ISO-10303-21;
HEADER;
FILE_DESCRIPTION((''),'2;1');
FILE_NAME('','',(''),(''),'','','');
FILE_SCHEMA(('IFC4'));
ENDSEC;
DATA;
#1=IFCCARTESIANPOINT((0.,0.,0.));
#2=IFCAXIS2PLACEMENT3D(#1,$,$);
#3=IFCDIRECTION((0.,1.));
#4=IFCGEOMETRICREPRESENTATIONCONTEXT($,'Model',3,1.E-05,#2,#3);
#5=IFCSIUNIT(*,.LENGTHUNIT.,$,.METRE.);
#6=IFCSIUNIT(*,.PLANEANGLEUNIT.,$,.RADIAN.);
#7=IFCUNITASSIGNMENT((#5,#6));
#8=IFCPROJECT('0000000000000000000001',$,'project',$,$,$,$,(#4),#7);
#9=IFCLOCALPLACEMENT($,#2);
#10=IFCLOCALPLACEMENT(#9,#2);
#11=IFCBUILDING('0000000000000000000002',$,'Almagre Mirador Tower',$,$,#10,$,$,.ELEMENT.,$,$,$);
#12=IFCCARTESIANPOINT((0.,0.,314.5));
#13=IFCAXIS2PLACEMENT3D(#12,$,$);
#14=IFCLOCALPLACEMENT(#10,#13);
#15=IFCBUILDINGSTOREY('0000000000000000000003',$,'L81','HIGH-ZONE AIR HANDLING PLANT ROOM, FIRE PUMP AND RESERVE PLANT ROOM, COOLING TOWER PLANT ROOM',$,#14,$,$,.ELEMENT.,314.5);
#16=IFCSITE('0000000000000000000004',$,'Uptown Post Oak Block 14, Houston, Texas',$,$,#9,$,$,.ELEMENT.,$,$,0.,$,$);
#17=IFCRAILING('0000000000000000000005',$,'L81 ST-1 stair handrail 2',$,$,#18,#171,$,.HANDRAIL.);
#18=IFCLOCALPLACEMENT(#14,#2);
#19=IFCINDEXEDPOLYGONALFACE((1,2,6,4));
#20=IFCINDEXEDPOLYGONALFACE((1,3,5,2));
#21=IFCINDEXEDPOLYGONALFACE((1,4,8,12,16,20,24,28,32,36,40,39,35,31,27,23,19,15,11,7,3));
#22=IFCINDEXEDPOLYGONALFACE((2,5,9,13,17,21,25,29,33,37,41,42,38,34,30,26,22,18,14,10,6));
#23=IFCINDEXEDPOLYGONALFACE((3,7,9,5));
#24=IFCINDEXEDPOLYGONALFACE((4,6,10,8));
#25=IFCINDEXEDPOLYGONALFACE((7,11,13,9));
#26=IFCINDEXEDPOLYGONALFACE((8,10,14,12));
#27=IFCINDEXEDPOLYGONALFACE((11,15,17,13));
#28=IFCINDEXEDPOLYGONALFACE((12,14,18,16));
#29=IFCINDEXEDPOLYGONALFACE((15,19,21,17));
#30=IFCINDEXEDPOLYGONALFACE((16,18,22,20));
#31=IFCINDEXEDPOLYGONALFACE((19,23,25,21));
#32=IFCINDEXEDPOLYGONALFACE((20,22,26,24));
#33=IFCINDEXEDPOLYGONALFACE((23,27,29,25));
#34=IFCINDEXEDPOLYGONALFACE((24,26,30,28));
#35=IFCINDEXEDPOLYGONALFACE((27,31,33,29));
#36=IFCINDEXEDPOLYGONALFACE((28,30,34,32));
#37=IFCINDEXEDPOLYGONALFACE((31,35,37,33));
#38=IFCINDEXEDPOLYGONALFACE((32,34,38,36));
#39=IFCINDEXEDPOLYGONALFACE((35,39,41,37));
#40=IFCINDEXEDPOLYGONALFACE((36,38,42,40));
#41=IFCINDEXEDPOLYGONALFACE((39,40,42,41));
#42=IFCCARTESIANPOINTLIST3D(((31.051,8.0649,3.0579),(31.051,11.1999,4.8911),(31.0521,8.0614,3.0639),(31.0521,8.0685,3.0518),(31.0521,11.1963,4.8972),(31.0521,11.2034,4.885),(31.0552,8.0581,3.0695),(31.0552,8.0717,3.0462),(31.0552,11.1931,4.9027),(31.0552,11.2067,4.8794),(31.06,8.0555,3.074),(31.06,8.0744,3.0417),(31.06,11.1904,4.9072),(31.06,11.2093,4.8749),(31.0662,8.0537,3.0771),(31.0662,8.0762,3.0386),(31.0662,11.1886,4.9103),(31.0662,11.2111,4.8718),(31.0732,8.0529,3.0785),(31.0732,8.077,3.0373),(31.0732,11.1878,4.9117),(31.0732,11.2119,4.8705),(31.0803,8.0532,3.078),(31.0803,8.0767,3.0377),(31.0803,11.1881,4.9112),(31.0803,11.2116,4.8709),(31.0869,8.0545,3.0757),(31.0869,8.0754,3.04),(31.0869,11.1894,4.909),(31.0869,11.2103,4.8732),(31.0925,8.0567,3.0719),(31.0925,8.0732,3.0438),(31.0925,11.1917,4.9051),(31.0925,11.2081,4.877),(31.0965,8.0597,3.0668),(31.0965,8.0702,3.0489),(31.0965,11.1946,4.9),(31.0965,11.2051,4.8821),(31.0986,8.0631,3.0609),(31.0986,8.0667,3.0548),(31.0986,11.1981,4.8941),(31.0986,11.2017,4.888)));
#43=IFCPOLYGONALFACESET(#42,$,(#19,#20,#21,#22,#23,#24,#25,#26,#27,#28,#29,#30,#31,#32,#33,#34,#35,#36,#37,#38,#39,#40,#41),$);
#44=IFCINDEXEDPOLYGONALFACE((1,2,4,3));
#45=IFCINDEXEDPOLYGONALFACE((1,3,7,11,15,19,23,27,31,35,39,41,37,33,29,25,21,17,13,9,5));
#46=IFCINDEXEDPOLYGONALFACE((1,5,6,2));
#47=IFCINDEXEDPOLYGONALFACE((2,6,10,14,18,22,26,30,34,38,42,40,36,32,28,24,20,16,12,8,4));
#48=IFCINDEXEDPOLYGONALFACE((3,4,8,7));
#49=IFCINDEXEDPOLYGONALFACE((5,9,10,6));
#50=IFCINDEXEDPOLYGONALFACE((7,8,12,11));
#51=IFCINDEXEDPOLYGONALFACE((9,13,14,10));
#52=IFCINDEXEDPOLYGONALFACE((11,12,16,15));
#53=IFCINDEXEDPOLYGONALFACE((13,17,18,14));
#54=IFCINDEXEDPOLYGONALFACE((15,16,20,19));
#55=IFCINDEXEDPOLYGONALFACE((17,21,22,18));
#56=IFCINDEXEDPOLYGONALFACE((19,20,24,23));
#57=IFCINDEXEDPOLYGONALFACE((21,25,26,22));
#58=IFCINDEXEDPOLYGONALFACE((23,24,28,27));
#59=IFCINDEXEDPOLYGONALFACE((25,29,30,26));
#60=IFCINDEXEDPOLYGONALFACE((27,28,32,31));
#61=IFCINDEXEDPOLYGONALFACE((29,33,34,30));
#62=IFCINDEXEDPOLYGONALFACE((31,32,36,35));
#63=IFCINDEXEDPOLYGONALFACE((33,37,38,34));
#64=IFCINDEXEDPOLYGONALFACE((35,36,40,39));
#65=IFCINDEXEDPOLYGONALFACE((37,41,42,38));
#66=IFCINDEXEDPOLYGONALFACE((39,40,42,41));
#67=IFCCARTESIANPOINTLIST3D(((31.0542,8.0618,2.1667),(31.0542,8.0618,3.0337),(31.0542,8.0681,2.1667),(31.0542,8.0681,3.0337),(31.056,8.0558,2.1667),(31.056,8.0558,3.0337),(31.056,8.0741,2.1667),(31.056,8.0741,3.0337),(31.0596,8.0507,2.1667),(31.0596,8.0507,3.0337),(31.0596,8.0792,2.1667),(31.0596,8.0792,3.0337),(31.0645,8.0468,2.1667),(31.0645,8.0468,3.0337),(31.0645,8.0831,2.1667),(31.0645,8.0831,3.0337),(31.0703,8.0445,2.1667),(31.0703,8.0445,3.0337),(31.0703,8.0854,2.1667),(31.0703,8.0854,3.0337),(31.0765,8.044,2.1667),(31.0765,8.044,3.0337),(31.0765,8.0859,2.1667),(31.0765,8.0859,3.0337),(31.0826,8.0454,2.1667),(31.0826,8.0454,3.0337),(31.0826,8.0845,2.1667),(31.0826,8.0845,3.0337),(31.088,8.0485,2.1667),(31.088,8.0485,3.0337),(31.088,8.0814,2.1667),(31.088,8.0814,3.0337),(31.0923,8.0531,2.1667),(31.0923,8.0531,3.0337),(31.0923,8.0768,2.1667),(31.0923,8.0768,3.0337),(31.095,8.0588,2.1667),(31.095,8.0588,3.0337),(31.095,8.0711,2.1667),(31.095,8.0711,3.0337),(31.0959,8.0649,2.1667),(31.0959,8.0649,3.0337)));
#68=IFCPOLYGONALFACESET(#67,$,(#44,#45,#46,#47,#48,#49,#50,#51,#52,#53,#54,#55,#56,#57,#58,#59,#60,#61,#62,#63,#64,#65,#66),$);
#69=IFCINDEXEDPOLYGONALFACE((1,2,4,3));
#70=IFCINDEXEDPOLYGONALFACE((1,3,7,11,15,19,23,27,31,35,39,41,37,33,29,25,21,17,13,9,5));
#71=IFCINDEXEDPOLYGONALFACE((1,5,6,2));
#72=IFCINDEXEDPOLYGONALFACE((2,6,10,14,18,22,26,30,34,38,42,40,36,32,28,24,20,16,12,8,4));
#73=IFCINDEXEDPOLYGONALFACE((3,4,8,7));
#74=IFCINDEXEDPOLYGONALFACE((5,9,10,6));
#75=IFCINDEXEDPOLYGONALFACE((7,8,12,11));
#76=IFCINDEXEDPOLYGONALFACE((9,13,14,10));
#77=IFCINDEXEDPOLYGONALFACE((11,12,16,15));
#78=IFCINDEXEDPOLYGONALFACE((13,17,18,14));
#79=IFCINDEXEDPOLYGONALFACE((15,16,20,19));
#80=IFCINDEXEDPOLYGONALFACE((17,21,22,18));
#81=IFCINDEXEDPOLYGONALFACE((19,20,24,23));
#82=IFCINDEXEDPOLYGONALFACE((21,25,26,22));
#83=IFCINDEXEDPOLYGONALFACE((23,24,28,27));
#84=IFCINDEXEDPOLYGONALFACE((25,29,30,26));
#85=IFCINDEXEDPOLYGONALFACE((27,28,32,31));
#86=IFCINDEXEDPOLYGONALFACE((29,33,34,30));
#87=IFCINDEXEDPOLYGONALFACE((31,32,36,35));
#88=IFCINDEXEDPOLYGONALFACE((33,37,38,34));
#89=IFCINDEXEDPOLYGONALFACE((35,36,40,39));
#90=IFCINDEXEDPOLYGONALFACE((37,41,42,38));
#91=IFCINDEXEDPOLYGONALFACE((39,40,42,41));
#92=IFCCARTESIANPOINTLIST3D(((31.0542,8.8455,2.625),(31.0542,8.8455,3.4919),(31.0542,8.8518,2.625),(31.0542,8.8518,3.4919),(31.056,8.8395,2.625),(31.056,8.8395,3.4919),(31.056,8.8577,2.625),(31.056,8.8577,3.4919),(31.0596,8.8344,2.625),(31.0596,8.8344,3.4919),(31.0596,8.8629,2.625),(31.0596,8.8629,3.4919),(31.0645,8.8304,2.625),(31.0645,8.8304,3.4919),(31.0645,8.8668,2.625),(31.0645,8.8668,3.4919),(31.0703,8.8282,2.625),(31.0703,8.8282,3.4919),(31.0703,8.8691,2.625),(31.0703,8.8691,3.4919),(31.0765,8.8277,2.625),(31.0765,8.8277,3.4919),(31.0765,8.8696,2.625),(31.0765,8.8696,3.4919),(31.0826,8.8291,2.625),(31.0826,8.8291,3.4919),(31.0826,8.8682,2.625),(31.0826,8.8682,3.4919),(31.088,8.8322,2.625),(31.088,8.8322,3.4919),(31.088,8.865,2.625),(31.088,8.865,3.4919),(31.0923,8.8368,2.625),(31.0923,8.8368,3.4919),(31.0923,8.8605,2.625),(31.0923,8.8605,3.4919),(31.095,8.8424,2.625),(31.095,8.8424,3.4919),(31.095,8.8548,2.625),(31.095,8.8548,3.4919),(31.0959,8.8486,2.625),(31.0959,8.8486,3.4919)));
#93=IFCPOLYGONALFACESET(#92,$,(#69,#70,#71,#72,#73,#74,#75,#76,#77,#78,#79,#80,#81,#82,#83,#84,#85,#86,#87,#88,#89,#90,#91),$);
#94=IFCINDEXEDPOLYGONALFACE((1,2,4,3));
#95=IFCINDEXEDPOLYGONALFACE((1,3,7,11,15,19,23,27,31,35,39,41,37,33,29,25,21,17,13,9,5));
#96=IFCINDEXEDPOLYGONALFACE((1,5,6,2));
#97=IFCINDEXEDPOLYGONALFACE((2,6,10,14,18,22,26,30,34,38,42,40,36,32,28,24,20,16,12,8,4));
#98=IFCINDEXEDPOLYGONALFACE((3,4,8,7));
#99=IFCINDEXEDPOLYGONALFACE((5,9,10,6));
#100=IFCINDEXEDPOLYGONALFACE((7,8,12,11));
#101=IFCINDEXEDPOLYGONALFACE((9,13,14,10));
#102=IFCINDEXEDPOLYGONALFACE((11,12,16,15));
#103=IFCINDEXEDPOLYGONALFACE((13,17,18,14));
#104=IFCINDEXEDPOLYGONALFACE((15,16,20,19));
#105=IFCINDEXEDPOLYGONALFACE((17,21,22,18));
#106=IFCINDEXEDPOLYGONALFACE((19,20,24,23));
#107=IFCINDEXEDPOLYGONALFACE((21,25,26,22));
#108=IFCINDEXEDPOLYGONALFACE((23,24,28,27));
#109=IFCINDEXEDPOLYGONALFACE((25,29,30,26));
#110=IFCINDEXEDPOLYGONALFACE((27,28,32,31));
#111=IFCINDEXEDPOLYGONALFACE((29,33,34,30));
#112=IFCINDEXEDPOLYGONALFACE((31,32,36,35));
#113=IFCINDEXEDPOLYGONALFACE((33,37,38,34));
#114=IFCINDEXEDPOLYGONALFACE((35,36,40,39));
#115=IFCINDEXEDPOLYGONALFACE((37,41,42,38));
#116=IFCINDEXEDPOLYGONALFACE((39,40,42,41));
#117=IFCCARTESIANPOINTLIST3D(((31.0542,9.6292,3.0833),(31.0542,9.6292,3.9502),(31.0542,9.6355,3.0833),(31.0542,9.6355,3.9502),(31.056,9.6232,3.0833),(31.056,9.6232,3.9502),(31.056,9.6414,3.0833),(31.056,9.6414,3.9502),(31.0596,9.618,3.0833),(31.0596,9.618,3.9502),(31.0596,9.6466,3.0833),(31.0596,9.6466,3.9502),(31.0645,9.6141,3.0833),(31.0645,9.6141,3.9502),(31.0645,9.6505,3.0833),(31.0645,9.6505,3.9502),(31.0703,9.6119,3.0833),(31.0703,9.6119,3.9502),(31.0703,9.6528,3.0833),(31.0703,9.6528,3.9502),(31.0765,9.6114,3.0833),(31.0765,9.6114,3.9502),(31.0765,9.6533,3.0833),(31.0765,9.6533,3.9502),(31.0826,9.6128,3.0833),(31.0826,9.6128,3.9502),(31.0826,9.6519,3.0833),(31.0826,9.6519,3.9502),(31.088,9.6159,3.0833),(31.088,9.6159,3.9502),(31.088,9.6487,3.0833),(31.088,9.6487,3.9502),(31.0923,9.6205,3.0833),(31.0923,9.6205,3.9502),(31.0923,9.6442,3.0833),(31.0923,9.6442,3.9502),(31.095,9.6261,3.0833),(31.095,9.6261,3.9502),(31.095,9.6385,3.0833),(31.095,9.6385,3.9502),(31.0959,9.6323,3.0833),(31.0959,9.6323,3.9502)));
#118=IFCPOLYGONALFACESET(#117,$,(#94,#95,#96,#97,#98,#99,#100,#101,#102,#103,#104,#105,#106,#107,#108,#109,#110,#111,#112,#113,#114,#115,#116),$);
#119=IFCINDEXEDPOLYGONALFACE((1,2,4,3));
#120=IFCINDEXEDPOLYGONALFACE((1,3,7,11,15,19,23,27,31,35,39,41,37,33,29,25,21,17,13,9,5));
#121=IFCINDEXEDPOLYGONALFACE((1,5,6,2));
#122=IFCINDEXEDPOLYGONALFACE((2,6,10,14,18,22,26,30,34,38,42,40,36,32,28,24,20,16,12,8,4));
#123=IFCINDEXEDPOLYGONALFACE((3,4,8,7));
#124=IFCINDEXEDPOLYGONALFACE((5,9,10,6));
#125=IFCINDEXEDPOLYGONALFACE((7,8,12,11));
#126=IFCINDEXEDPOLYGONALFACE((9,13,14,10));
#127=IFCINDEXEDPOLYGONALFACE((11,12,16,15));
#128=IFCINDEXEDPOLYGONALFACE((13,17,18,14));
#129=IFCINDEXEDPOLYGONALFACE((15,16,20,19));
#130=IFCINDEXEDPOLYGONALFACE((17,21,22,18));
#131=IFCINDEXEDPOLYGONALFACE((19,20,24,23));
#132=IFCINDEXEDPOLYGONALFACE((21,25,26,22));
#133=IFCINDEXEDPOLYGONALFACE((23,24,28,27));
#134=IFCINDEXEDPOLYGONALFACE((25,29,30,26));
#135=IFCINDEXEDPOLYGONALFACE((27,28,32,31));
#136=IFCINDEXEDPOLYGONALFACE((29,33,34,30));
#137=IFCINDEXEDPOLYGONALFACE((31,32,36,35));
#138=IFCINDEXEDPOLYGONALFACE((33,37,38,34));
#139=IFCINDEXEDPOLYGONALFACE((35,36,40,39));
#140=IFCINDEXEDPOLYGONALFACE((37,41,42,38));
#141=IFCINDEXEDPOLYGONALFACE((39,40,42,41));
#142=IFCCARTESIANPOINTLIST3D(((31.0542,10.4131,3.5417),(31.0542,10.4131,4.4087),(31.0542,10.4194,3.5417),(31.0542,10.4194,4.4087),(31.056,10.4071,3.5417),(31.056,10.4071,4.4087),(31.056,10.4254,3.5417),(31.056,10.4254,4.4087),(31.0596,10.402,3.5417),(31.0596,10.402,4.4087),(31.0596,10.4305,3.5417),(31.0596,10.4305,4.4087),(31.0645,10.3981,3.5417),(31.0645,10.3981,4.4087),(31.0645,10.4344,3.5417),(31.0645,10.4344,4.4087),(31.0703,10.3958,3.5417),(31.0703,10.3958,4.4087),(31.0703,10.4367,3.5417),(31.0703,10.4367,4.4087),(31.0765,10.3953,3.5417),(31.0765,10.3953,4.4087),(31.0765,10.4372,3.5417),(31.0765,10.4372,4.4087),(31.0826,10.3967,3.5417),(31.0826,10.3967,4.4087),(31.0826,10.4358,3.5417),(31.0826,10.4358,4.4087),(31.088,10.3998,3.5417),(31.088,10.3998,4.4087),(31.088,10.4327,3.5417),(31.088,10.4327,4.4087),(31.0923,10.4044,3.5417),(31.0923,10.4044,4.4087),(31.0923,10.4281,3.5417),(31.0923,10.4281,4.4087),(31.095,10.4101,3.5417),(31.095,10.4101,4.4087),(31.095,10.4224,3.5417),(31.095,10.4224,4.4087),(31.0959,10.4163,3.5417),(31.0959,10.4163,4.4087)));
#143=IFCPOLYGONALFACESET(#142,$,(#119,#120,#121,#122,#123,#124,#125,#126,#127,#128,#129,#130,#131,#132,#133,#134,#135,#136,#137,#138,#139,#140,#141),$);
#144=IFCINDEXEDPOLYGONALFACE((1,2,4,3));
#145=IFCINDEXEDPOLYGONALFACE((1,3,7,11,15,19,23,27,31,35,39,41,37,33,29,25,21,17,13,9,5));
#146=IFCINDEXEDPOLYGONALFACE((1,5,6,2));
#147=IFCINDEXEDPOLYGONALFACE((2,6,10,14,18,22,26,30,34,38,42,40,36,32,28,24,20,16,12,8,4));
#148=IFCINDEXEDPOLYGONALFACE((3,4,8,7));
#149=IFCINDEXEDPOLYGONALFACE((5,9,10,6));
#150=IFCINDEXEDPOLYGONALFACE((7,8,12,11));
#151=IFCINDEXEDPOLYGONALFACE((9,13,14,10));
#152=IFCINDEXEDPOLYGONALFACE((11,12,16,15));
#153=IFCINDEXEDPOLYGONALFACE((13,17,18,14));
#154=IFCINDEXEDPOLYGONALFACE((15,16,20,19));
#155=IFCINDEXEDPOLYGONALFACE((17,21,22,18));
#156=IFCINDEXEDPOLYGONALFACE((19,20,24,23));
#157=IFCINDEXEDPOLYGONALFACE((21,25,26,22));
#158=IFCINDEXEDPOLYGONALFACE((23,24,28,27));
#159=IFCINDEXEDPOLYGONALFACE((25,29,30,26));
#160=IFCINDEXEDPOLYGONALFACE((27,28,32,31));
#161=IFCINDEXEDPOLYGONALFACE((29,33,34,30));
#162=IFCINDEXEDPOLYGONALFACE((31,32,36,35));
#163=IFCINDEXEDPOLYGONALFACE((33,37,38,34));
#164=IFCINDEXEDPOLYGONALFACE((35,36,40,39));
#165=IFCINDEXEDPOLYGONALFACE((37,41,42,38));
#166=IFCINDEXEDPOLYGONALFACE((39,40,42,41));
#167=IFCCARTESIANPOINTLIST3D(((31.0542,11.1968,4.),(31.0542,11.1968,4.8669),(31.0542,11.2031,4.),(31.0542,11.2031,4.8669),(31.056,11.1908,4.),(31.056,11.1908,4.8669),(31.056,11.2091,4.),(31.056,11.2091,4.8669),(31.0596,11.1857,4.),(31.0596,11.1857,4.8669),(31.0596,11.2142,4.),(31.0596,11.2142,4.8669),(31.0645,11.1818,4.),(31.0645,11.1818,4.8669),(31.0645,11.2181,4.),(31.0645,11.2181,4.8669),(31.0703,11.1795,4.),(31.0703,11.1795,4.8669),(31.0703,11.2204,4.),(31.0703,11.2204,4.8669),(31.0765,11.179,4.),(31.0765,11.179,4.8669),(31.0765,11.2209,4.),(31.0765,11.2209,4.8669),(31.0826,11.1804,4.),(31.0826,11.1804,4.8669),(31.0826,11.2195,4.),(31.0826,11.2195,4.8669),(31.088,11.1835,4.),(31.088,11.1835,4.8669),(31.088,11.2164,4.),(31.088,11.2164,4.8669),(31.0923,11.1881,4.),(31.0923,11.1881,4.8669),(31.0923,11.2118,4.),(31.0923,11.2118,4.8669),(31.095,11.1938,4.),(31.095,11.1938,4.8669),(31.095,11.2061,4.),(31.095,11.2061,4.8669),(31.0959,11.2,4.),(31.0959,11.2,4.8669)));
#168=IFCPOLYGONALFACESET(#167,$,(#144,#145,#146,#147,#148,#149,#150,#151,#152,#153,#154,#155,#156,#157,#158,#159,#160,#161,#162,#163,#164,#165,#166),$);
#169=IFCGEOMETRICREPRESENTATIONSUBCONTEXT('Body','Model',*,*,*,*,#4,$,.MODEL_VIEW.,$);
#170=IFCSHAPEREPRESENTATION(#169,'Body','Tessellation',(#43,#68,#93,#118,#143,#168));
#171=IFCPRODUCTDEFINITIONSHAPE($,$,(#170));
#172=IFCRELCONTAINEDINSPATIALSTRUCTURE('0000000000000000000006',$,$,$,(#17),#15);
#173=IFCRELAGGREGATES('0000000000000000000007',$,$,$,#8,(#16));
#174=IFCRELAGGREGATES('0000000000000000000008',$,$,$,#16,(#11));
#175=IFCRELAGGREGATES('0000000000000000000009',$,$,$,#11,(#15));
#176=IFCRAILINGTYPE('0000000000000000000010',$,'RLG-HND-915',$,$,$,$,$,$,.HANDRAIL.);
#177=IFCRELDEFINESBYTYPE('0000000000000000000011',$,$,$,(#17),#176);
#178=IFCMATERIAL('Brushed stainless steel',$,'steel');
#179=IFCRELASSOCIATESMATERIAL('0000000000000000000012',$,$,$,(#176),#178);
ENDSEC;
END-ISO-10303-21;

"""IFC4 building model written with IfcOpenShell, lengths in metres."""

from ifc_helpers import new_model, si_unit, direction, frame, origin, origin_2d, place, context, subcontext, project, spatial, circle, extrude, material, type_object, element, save


model = new_model("IFC4")

# Units and contexts
model_context = context("Model", 3, precision=1e-05, world=origin(), true_north=direction((0.0, 1.0)))
body_context = subcontext(model_context, "Body", "Model", "MODEL_VIEW")
ifc_project = project(units=[si_unit("LENGTHUNIT", "METRE"), si_unit("PLANEANGLEUNIT", "RADIAN")], contexts=[model_context])

# Site, building, storey
site_placement = place(None, origin())
site = spatial("IfcSite", under=ifc_project, at=site_placement, Name="Uptown Post Oak Block 14, Houston, Texas", CompositionType="ELEMENT", RefElevation=0.0)
building_placement = place(site_placement, origin())
building = spatial("IfcBuilding", under=site, at=building_placement, Name="Almagre Mirador Tower", CompositionType="ELEMENT")
storey_placement = place(building_placement, frame((0.0, 0.0, 314.5)))
storey = spatial("IfcBuildingStorey", under=building, at=storey_placement, Name="L81", Description="HIGH-ZONE AIR HANDLING PLANT ROOM, FIRE PUMP AND RESERVE PLANT ROOM, COOLING TOWER PLANT ROOM", CompositionType="ELEMENT", Elevation=314.5)

# Railing
ifc_material_1 = material(Name="Brushed stainless steel", Category="steel")
railing_type_1 = type_object("IfcRailingType", Name="RLG-HND-915", PredefinedType="HANDRAIL", material=ifc_material_1)
railing_1_placement = place(storey_placement, frame((31.075, 8.0649, 2.1667)))
element("IfcRailing", 1, at=railing_1_placement, inside=storey, type_object=railing_type_1, Name="L81 ST-1 stair handrail 2", PredefinedType="HANDRAIL", context=body_context, shape_type="SweptSolid", body=[
    extrude(circle(Radius=0.0239, at=origin_2d()), frame((0.0, 0.0, 0.8911), z_axis=(0.0, 0.86324, 0.504794), x_axis=(-1.0, 0.0, 0.0)), (0.0, 0.0, 1.0), 3.6316),
    extrude(circle(Radius=0.021, at=origin_2d()), origin(), (0.0, 0.0, 1.0), 0.8669),
    extrude(circle(Radius=0.021, at=origin_2d()), frame((0.0, 0.7837, 0.4583)), (0.0, 0.0, 1.0), 0.8669),
    extrude(circle(Radius=0.021, at=origin_2d()), frame((0.0, 1.5674, 0.9165)), (0.0, 0.0, 1.0), 0.8669),
    extrude(circle(Radius=0.021, at=origin_2d()), frame((0.0, 2.3513, 1.375)), (0.0, 0.0, 1.0), 0.8669),
    extrude(circle(Radius=0.021, at=origin_2d()), frame((0.0, 3.135, 1.8333)), (0.0, 0.0, 1.0), 0.8669),
])

save(model, "model.ifc")
